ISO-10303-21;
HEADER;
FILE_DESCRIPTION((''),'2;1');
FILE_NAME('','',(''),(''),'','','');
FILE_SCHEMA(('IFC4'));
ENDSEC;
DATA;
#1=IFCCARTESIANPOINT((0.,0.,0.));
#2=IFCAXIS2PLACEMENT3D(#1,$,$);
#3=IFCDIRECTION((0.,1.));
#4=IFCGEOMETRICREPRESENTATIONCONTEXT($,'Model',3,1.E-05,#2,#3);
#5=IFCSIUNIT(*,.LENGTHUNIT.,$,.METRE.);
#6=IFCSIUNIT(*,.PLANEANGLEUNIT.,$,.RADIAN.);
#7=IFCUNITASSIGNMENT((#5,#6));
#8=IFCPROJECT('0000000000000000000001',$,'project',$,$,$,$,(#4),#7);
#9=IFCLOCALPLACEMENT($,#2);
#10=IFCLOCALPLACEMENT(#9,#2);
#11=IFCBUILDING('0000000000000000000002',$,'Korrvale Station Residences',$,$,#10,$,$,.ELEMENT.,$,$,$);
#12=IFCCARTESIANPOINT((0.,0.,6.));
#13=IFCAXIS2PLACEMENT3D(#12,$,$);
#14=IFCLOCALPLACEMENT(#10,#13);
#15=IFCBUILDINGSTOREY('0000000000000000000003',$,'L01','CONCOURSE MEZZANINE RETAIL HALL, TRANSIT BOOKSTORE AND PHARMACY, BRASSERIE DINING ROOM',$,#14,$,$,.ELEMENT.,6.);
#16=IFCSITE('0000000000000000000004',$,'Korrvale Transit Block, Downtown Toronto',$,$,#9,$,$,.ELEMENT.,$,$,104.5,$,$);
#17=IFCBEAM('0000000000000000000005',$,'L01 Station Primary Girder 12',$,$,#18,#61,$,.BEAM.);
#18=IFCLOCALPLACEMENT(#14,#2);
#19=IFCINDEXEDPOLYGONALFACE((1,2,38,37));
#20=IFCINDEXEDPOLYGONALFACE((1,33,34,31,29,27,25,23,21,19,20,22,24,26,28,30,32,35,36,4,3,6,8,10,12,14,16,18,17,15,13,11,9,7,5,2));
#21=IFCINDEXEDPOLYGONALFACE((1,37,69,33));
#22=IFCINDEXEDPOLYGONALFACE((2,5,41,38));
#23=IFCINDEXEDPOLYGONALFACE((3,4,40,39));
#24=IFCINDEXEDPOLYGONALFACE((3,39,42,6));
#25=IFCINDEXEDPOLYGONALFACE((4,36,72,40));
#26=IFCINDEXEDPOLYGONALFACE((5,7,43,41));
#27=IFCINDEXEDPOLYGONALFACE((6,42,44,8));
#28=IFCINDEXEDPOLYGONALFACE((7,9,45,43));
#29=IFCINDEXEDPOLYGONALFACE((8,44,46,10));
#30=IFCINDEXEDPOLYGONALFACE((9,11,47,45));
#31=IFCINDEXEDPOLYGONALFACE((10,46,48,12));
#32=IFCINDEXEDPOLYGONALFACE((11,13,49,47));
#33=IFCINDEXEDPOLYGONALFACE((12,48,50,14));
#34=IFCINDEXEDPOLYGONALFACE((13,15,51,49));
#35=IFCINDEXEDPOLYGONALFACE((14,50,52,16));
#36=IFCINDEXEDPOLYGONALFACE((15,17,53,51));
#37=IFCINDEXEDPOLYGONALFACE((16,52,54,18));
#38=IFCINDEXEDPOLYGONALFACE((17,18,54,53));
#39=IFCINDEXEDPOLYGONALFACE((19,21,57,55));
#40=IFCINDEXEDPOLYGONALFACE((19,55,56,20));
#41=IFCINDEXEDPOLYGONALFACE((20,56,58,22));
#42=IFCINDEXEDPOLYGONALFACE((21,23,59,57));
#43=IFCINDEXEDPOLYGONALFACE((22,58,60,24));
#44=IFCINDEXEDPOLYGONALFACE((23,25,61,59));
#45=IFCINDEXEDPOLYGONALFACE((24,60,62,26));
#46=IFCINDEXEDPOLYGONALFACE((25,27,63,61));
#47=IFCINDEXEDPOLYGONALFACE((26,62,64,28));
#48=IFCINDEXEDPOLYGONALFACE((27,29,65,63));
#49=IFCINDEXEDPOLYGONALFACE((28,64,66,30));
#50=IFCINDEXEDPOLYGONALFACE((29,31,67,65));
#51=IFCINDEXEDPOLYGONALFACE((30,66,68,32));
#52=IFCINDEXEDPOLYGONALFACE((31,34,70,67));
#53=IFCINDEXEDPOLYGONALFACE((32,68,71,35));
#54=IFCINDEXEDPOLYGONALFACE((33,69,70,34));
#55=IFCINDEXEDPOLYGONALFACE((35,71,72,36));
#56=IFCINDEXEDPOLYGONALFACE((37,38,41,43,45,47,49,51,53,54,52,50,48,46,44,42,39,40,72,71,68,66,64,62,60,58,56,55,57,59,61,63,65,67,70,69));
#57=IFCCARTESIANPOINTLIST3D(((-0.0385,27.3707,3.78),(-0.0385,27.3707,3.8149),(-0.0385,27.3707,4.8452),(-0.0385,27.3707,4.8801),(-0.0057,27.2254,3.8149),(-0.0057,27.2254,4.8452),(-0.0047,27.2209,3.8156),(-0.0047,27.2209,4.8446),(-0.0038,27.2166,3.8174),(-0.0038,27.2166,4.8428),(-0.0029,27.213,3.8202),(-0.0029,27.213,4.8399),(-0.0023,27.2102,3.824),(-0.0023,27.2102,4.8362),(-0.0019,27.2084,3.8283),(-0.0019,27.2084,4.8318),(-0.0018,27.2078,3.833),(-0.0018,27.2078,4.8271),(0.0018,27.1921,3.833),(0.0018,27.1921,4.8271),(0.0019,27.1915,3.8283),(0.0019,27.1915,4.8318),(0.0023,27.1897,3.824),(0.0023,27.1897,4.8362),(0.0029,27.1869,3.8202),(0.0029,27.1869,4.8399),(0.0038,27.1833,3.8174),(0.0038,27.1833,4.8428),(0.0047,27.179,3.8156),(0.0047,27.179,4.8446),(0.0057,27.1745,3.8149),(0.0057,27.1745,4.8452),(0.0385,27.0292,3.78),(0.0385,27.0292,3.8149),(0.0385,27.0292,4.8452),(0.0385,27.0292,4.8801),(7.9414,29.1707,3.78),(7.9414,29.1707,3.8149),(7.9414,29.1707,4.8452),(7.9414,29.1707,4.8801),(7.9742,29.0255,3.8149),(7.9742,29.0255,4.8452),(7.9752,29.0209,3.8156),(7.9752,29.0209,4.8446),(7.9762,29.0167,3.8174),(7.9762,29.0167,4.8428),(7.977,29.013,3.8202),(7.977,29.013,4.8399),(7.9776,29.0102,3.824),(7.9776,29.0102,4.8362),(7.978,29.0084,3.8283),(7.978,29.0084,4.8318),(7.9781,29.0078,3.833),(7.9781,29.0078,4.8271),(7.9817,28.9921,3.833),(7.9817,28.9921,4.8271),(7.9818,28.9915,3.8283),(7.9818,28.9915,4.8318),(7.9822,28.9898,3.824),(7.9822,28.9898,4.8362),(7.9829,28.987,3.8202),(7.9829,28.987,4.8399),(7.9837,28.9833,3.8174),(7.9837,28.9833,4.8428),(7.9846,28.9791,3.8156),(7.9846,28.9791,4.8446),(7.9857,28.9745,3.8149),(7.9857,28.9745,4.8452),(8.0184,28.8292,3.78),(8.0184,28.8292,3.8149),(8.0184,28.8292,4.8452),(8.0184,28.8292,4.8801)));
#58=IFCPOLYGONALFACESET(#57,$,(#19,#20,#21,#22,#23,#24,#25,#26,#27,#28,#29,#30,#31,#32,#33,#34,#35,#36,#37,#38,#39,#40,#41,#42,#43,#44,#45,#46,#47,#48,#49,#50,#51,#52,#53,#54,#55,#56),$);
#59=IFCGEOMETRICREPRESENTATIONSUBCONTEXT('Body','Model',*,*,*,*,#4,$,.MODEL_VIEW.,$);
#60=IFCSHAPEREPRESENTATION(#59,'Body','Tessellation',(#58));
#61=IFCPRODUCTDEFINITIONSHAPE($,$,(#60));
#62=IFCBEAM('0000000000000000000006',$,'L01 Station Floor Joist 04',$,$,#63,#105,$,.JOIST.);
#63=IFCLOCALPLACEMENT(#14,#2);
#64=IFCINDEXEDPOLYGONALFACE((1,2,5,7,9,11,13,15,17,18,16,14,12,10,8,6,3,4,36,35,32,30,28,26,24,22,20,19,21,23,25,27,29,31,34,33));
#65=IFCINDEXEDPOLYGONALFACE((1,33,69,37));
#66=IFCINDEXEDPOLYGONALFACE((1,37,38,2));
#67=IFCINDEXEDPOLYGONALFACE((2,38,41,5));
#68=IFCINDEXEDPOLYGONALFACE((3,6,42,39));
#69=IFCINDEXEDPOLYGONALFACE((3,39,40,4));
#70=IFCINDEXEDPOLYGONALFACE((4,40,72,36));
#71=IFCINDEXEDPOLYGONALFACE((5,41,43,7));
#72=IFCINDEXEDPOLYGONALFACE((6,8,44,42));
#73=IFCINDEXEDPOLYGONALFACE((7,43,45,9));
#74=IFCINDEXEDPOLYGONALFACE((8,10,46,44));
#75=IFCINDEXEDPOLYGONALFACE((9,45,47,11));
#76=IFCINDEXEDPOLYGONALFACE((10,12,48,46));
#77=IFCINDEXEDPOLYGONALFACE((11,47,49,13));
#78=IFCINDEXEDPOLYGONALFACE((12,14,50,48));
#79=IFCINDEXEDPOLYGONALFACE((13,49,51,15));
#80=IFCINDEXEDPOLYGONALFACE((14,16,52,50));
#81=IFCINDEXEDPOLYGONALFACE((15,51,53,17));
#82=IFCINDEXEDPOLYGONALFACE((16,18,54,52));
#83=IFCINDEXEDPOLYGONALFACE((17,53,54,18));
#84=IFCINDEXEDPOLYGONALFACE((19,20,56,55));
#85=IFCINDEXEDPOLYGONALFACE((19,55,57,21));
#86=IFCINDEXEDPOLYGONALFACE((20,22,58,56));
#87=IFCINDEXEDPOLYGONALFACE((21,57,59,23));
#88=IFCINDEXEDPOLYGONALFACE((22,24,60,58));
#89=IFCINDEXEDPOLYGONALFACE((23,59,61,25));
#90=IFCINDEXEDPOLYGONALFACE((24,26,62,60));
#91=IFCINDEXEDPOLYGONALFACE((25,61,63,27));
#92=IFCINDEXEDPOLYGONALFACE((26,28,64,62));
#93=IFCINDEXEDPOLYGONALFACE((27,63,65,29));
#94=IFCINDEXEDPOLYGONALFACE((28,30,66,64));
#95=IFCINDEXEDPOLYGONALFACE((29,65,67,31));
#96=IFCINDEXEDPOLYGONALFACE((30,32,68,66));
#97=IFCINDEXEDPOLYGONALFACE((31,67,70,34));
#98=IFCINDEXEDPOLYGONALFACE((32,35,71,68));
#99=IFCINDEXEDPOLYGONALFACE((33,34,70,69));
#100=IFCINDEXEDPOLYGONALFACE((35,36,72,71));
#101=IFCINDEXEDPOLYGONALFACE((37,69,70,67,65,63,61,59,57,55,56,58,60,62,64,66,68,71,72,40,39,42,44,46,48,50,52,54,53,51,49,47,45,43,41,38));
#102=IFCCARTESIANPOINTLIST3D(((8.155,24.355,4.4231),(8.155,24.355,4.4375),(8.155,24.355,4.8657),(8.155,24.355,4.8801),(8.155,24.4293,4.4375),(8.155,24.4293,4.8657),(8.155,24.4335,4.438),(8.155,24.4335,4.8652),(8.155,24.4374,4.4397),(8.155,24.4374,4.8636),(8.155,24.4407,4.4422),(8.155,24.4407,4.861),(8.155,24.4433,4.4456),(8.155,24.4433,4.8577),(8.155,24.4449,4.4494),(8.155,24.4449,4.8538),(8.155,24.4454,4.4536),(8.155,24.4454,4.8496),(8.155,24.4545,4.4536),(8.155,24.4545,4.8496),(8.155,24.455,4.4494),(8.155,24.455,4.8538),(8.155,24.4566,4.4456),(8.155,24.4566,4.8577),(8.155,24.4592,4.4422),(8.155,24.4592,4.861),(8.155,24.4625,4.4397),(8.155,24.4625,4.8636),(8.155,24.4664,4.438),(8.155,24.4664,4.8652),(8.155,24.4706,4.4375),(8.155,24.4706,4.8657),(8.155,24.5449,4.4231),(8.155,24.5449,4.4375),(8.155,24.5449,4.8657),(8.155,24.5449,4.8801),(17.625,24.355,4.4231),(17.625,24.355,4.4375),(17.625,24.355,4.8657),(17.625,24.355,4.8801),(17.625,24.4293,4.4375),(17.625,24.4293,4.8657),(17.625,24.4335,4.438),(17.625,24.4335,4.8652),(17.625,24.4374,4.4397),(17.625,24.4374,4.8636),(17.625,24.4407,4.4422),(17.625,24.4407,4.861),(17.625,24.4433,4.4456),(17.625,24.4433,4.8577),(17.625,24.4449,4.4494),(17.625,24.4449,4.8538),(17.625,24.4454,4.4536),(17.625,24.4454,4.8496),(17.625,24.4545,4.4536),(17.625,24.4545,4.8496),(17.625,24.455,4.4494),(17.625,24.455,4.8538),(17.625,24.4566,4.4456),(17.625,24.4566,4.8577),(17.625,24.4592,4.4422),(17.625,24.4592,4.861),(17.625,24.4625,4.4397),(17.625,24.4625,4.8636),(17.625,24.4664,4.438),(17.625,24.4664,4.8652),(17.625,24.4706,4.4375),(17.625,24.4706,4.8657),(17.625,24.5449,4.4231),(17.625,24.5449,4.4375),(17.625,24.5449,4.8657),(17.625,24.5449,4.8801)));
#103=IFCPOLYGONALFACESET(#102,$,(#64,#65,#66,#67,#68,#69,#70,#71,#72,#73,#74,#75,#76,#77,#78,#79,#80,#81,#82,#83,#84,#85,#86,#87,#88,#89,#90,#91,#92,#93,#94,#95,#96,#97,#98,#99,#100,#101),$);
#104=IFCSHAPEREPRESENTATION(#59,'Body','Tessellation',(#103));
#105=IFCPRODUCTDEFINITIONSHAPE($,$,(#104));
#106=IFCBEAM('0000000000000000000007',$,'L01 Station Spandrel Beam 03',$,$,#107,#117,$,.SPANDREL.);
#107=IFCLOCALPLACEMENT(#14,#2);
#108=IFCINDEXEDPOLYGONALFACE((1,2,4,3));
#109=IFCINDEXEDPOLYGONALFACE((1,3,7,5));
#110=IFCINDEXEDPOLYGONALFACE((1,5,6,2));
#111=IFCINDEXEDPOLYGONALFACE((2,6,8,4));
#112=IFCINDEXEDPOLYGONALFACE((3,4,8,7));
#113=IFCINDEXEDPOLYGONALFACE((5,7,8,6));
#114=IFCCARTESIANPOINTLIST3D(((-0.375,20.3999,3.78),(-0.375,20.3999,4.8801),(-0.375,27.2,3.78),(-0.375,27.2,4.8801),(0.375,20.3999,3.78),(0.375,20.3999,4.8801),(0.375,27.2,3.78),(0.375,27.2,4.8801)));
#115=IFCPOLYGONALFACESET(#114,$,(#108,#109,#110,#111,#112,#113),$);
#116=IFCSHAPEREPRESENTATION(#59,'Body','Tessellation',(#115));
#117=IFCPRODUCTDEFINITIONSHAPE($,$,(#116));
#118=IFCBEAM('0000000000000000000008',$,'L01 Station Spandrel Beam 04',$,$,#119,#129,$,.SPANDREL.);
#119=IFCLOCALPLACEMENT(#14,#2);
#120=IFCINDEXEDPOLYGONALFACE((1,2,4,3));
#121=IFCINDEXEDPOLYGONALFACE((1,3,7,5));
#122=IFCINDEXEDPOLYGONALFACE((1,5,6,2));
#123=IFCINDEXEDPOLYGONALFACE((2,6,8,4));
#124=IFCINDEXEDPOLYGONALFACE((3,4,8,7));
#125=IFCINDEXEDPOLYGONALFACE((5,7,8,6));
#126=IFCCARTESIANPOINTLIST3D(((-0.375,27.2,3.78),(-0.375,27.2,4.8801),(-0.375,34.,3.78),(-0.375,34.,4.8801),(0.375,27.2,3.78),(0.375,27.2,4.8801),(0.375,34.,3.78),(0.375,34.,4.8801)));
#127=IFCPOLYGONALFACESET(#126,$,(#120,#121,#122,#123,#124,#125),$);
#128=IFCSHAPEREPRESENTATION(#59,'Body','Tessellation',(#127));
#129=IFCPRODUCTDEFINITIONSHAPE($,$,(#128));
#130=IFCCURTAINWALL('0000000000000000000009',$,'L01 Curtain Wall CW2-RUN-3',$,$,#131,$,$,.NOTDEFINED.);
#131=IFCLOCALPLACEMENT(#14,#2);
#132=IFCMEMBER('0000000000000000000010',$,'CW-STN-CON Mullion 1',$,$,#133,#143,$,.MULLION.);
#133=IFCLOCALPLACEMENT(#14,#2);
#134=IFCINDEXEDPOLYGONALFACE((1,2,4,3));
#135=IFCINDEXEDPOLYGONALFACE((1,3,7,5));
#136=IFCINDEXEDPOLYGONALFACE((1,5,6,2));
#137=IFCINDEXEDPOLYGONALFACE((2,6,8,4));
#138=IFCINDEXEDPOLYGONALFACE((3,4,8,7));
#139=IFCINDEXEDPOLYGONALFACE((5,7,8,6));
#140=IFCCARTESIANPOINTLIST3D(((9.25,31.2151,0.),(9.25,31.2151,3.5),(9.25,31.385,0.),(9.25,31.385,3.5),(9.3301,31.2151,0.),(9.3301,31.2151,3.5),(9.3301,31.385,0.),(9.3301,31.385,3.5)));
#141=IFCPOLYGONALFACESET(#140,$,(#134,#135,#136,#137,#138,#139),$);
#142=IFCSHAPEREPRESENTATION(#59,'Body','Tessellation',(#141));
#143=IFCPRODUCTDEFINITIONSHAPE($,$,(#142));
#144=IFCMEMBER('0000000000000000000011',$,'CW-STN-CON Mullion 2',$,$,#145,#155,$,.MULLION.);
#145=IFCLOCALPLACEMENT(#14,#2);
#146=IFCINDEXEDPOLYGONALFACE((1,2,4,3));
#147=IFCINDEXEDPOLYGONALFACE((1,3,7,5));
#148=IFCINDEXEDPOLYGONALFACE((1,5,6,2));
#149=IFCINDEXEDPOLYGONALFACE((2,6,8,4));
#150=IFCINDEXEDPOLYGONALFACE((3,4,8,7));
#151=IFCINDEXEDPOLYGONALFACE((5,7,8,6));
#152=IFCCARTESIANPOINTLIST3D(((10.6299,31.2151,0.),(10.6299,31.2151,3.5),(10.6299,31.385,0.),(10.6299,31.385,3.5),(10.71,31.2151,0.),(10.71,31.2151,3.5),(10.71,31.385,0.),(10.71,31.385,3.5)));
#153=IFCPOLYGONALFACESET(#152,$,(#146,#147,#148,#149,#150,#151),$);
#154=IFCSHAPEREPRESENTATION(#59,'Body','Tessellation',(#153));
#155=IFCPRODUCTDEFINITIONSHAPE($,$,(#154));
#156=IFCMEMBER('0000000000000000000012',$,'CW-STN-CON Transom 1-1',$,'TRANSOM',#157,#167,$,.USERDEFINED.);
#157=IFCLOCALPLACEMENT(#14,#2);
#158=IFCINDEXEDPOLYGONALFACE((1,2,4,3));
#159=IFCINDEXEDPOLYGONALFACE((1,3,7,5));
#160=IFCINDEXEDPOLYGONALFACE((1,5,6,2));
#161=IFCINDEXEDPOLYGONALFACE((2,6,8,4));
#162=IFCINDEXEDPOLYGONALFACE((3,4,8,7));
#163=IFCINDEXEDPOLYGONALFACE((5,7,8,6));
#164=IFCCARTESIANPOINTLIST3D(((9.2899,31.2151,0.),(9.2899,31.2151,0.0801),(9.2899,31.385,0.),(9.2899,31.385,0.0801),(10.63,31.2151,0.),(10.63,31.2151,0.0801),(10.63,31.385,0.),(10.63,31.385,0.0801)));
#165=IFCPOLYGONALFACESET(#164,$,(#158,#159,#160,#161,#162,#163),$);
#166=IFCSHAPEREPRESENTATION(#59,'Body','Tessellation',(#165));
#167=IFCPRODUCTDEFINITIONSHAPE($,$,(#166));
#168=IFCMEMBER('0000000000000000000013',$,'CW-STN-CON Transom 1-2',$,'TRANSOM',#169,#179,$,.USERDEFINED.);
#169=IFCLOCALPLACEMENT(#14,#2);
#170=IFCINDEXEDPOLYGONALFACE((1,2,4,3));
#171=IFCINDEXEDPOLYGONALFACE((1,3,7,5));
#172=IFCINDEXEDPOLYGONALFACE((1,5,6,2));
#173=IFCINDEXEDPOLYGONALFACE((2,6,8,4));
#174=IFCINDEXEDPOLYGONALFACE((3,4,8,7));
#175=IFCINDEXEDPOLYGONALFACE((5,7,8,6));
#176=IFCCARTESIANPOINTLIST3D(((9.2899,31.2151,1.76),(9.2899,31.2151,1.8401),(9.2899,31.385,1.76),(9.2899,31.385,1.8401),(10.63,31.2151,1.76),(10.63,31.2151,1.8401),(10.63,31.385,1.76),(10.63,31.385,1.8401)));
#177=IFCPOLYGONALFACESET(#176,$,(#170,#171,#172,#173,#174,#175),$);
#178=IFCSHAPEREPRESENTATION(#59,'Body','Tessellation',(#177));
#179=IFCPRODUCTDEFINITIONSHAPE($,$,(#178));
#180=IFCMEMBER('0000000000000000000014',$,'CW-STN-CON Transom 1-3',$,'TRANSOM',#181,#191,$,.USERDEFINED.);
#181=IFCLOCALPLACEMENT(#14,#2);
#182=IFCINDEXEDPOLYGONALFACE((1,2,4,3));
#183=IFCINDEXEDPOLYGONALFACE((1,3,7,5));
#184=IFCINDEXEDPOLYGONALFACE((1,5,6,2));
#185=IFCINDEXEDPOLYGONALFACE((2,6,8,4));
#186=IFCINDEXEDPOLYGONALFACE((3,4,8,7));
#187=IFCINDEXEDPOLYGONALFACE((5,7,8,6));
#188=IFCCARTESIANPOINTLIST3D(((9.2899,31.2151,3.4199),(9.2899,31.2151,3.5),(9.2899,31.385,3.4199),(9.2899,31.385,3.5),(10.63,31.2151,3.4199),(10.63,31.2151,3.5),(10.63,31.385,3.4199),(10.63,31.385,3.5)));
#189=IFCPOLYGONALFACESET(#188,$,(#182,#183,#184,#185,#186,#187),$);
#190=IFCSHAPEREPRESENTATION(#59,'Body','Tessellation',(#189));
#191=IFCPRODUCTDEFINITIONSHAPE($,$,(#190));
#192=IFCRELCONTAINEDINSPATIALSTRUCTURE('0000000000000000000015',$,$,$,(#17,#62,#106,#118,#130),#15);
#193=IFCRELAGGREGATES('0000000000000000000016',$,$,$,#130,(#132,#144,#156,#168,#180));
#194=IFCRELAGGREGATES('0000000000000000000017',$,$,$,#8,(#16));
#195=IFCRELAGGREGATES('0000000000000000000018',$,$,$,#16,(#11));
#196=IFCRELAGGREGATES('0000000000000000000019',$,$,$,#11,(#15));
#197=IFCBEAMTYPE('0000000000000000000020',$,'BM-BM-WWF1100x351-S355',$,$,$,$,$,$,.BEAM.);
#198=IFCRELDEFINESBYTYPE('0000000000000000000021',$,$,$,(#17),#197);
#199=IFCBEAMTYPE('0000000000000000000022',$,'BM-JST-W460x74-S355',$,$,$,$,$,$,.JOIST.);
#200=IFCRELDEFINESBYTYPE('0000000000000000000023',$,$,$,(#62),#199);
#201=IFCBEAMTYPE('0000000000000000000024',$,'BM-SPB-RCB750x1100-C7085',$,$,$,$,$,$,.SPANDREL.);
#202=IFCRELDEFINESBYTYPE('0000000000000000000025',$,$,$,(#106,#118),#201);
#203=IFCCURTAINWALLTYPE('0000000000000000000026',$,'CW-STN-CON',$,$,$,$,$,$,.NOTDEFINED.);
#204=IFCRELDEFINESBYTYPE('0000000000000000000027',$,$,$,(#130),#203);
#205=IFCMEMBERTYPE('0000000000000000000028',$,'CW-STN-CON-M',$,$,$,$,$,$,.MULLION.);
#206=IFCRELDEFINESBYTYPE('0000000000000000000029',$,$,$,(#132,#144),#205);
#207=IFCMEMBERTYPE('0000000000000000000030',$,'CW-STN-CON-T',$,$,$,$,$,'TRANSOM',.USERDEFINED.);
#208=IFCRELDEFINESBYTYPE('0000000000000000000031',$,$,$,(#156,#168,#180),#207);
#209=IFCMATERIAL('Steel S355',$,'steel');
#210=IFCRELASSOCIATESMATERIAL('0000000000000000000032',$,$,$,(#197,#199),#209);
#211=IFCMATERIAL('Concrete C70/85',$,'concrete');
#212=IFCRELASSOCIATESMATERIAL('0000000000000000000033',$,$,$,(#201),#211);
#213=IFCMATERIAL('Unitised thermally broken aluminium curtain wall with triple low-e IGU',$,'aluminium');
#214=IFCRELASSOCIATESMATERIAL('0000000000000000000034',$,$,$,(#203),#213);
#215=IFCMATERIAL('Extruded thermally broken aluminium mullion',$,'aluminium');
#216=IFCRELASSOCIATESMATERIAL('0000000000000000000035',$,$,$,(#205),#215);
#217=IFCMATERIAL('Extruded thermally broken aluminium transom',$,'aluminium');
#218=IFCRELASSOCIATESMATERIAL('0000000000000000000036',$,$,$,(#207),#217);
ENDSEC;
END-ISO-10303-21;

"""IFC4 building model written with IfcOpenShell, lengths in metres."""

from ifc_helpers import new_model, si_unit, direction, frame, origin, origin_2d, place, context, subcontext, project, spatial, rectangle, i_section, extrude, material, material_profile, profile_set, type_object, element, aggregate, save


model = new_model("IFC4")

# Units and contexts
model_context = context("Model", 3, precision=1e-05, world=origin(), true_north=direction((0.0, 1.0)))
body_context = subcontext(model_context, "Body", "Model", "MODEL_VIEW")
ifc_project = project(units=[si_unit("LENGTHUNIT", "METRE"), si_unit("PLANEANGLEUNIT", "RADIAN")], contexts=[model_context])

# Site, building, storey
site_placement = place(None, origin())
site = spatial("IfcSite", under=ifc_project, at=site_placement, Name="Korrvale Transit Block, Downtown Toronto", CompositionType="ELEMENT", RefElevation=104.5)
building_placement = place(site_placement, origin())
building = spatial("IfcBuilding", under=site, at=building_placement, Name="Korrvale Station Residences", CompositionType="ELEMENT")
storey_placement = place(building_placement, frame((0.0, 0.0, 6.0)))
storey = spatial("IfcBuildingStorey", under=building, at=storey_placement, Name="L01", Description="CONCOURSE MEZZANINE RETAIL HALL, TRANSIT BOOKSTORE AND PHARMACY, BRASSERIE DINING ROOM", CompositionType="ELEMENT", Elevation=6.0)

# Shared definitions
ifc_material_1 = material(Name="Concrete C70/85", Category="concrete")

# Beams
ifc_material_2 = material(Name="Steel S355", Category="steel")
ifc_material_profile_1 = material_profile(ifc_material_2, i_section(OverallWidth=0.3501, OverallDepth=1.1001, WebThickness=0.0161, FlangeThickness=0.0349, FilletRadius=0.0181, at=origin_2d()), Name="WWF1100x351")
ifc_profile_set_1 = profile_set([ifc_material_profile_1], Name="Steel S355")
beam_type_1 = type_object("IfcBeamType", Name="BM-BM-WWF1100x351-S355", PredefinedType="BEAM", material=ifc_profile_set_1)
beam_1_placement = place(storey_placement, frame((0.0, 27.2, 4.3301), z_axis=(0.97549, 0.220042, 0.0), x_axis=(-0.220042, 0.97549, 0.0)))
element("IfcBeam", 1, at=beam_1_placement, inside=storey, type_object=beam_type_1, Name="L01 Station Primary Girder 12", PredefinedType="BEAM", context=body_context, shape_type="SweptSolid", body=[
    extrude(i_section(OverallWidth=0.3501, OverallDepth=1.1001, WebThickness=0.0161, FlangeThickness=0.0349, FilletRadius=0.0181, at=origin_2d()), origin(), (0.0, 0.0, 1.0), 8.1804),
])
ifc_material_profile_2 = material_profile(ifc_material_2, i_section(OverallWidth=0.1899, OverallDepth=0.457, WebThickness=0.009, FlangeThickness=0.0144, FilletRadius=0.0161, at=origin_2d()), Name="W460x74")
ifc_profile_set_2 = profile_set([ifc_material_profile_2], Name="Steel S355")
beam_type_2 = type_object("IfcBeamType", Name="BM-JST-W460x74-S355", PredefinedType="JOIST", material=ifc_profile_set_2)
beam_2_placement = place(storey_placement, frame((8.155, 24.45, 4.6516), z_axis=(1.0, 0.0, 0.0), x_axis=(0.0, 1.0, 0.0)))
element("IfcBeam", 2, at=beam_2_placement, inside=storey, type_object=beam_type_2, Name="L01 Station Floor Joist 04", PredefinedType="JOIST", context=body_context, shape_type="SweptSolid", body=[
    extrude(i_section(OverallWidth=0.1899, OverallDepth=0.457, WebThickness=0.009, FlangeThickness=0.0144, FilletRadius=0.0161, at=origin_2d()), origin(), (0.0, 0.0, 1.0), 9.47),
])
ifc_material_profile_3 = material_profile(ifc_material_1, rectangle(XDim=0.75, YDim=1.1001, at=origin_2d()), Name="RCB750x1100")
ifc_profile_set_3 = profile_set([ifc_material_profile_3], Name="Concrete C70/85")
beam_type_3 = type_object("IfcBeamType", Name="BM-SPB-RCB750x1100-C7085", PredefinedType="SPANDREL", material=ifc_profile_set_3)
for number, where, z_axis, x_axis, name in (
    (3, (0.0, 20.3999, 4.3301), (0.0, 1.0, 0.0), (-1.0, 0.0, 0.0), "L01 Station Spandrel Beam 03"),
    (4, (0.0, 27.2, 4.3301), (0.0, 1.0, 0.0), (-1.0, 0.0, 0.0), "L01 Station Spandrel Beam 04"),
):
    element("IfcBeam", number, at=place(storey_placement, frame(where, z_axis=z_axis, x_axis=x_axis)), inside=storey, type_object=beam_type_3, Name=name, PredefinedType="SPANDREL", context=body_context, shape_type="SweptSolid", body=[
        extrude(rectangle(XDim=0.75, YDim=1.1001, at=origin_2d()), origin(), (0.0, 0.0, 1.0), 6.8),
    ])

# Curtain wall, members
ifc_material_3 = material(Name="Unitised thermally broken aluminium curtain wall with triple low-e IGU", Category="aluminium")
curtain_wall_type = type_object("IfcCurtainWallType", Name="CW-STN-CON", PredefinedType="NOTDEFINED", material=ifc_material_3)
curtain_wall_placement = place(storey_placement, origin())
curtain_wall = element("IfcCurtainWall", 5, at=curtain_wall_placement, inside=storey, type_object=curtain_wall_type, Name="L01 Curtain Wall CW2-RUN-3", PredefinedType="NOTDEFINED")
ifc_material_4 = material(Name="Extruded thermally broken aluminium mullion", Category="aluminium")
member_type_1 = type_object("IfcMemberType", Name="CW-STN-CON-M", PredefinedType="MULLION", material=ifc_material_4)
member_1_placement = place(storey_placement, frame((9.29, 31.3, 0.0), z_axis=(0.0, 0.0, 1.0), x_axis=(1.0, 0.0, 0.0)))
member_1 = element("IfcMember", 6, at=member_1_placement, type_object=member_type_1, Name="CW-STN-CON Mullion 1", PredefinedType="MULLION", context=body_context, shape_type="SweptSolid", body=[
    extrude(rectangle(XDim=0.0801, YDim=0.1699, at=origin_2d()), origin(), (0.0, 0.0, 1.0), 3.5),
])
member_2_placement = place(storey_placement, frame((10.6699, 31.3, 0.0), z_axis=(0.0, 0.0, 1.0), x_axis=(1.0, 0.0, 0.0)))
member_2 = element("IfcMember", 7, at=member_2_placement, type_object=member_type_1, Name="CW-STN-CON Mullion 2", PredefinedType="MULLION", context=body_context, shape_type="SweptSolid", body=[
    extrude(rectangle(XDim=0.0801, YDim=0.1699, at=origin_2d()), origin(), (0.0, 0.0, 1.0), 3.5),
])
ifc_material_5 = material(Name="Extruded thermally broken aluminium transom", Category="aluminium")
member_type_2 = type_object("IfcMemberType", Name="CW-STN-CON-T", ElementType="TRANSOM", PredefinedType="USERDEFINED", material=ifc_material_5)
member_3_placement = place(storey_placement, frame((9.96, 31.3, 0.0), z_axis=(0.0, 0.0, 1.0), x_axis=(1.0, 0.0, 0.0)))
member_3 = element("IfcMember", 8, at=member_3_placement, type_object=member_type_2, Name="CW-STN-CON Transom 1-1", ObjectType="TRANSOM", PredefinedType="USERDEFINED", context=body_context, shape_type="SweptSolid", body=[
    extrude(rectangle(XDim=1.3401, YDim=0.1699, at=origin_2d()), origin(), (0.0, 0.0, 1.0), 0.0801),
])
member_4_placement = place(storey_placement, frame((9.96, 31.3, 1.76), z_axis=(0.0, 0.0, 1.0), x_axis=(1.0, 0.0, 0.0)))
member_4 = element("IfcMember", 9, at=member_4_placement, type_object=member_type_2, Name="CW-STN-CON Transom 1-2", ObjectType="TRANSOM", PredefinedType="USERDEFINED", context=body_context, shape_type="SweptSolid", body=[
    extrude(rectangle(XDim=1.3401, YDim=0.1699, at=origin_2d()), origin(), (0.0, 0.0, 1.0), 0.0801),
])
member_5_placement = place(storey_placement, frame((9.96, 31.3, 3.4199), z_axis=(0.0, 0.0, 1.0), x_axis=(1.0, 0.0, 0.0)))
member_5 = element("IfcMember", 10, at=member_5_placement, type_object=member_type_2, Name="CW-STN-CON Transom 1-3", ObjectType="TRANSOM", PredefinedType="USERDEFINED", context=body_context, shape_type="SweptSolid", body=[
    extrude(rectangle(XDim=1.3401, YDim=0.1699, at=origin_2d()), origin(), (0.0, 0.0, 1.0), 0.0801),
])
aggregate(curtain_wall, [member_1, member_2, member_3, member_4, member_5])

save(model, "model.ifc")
